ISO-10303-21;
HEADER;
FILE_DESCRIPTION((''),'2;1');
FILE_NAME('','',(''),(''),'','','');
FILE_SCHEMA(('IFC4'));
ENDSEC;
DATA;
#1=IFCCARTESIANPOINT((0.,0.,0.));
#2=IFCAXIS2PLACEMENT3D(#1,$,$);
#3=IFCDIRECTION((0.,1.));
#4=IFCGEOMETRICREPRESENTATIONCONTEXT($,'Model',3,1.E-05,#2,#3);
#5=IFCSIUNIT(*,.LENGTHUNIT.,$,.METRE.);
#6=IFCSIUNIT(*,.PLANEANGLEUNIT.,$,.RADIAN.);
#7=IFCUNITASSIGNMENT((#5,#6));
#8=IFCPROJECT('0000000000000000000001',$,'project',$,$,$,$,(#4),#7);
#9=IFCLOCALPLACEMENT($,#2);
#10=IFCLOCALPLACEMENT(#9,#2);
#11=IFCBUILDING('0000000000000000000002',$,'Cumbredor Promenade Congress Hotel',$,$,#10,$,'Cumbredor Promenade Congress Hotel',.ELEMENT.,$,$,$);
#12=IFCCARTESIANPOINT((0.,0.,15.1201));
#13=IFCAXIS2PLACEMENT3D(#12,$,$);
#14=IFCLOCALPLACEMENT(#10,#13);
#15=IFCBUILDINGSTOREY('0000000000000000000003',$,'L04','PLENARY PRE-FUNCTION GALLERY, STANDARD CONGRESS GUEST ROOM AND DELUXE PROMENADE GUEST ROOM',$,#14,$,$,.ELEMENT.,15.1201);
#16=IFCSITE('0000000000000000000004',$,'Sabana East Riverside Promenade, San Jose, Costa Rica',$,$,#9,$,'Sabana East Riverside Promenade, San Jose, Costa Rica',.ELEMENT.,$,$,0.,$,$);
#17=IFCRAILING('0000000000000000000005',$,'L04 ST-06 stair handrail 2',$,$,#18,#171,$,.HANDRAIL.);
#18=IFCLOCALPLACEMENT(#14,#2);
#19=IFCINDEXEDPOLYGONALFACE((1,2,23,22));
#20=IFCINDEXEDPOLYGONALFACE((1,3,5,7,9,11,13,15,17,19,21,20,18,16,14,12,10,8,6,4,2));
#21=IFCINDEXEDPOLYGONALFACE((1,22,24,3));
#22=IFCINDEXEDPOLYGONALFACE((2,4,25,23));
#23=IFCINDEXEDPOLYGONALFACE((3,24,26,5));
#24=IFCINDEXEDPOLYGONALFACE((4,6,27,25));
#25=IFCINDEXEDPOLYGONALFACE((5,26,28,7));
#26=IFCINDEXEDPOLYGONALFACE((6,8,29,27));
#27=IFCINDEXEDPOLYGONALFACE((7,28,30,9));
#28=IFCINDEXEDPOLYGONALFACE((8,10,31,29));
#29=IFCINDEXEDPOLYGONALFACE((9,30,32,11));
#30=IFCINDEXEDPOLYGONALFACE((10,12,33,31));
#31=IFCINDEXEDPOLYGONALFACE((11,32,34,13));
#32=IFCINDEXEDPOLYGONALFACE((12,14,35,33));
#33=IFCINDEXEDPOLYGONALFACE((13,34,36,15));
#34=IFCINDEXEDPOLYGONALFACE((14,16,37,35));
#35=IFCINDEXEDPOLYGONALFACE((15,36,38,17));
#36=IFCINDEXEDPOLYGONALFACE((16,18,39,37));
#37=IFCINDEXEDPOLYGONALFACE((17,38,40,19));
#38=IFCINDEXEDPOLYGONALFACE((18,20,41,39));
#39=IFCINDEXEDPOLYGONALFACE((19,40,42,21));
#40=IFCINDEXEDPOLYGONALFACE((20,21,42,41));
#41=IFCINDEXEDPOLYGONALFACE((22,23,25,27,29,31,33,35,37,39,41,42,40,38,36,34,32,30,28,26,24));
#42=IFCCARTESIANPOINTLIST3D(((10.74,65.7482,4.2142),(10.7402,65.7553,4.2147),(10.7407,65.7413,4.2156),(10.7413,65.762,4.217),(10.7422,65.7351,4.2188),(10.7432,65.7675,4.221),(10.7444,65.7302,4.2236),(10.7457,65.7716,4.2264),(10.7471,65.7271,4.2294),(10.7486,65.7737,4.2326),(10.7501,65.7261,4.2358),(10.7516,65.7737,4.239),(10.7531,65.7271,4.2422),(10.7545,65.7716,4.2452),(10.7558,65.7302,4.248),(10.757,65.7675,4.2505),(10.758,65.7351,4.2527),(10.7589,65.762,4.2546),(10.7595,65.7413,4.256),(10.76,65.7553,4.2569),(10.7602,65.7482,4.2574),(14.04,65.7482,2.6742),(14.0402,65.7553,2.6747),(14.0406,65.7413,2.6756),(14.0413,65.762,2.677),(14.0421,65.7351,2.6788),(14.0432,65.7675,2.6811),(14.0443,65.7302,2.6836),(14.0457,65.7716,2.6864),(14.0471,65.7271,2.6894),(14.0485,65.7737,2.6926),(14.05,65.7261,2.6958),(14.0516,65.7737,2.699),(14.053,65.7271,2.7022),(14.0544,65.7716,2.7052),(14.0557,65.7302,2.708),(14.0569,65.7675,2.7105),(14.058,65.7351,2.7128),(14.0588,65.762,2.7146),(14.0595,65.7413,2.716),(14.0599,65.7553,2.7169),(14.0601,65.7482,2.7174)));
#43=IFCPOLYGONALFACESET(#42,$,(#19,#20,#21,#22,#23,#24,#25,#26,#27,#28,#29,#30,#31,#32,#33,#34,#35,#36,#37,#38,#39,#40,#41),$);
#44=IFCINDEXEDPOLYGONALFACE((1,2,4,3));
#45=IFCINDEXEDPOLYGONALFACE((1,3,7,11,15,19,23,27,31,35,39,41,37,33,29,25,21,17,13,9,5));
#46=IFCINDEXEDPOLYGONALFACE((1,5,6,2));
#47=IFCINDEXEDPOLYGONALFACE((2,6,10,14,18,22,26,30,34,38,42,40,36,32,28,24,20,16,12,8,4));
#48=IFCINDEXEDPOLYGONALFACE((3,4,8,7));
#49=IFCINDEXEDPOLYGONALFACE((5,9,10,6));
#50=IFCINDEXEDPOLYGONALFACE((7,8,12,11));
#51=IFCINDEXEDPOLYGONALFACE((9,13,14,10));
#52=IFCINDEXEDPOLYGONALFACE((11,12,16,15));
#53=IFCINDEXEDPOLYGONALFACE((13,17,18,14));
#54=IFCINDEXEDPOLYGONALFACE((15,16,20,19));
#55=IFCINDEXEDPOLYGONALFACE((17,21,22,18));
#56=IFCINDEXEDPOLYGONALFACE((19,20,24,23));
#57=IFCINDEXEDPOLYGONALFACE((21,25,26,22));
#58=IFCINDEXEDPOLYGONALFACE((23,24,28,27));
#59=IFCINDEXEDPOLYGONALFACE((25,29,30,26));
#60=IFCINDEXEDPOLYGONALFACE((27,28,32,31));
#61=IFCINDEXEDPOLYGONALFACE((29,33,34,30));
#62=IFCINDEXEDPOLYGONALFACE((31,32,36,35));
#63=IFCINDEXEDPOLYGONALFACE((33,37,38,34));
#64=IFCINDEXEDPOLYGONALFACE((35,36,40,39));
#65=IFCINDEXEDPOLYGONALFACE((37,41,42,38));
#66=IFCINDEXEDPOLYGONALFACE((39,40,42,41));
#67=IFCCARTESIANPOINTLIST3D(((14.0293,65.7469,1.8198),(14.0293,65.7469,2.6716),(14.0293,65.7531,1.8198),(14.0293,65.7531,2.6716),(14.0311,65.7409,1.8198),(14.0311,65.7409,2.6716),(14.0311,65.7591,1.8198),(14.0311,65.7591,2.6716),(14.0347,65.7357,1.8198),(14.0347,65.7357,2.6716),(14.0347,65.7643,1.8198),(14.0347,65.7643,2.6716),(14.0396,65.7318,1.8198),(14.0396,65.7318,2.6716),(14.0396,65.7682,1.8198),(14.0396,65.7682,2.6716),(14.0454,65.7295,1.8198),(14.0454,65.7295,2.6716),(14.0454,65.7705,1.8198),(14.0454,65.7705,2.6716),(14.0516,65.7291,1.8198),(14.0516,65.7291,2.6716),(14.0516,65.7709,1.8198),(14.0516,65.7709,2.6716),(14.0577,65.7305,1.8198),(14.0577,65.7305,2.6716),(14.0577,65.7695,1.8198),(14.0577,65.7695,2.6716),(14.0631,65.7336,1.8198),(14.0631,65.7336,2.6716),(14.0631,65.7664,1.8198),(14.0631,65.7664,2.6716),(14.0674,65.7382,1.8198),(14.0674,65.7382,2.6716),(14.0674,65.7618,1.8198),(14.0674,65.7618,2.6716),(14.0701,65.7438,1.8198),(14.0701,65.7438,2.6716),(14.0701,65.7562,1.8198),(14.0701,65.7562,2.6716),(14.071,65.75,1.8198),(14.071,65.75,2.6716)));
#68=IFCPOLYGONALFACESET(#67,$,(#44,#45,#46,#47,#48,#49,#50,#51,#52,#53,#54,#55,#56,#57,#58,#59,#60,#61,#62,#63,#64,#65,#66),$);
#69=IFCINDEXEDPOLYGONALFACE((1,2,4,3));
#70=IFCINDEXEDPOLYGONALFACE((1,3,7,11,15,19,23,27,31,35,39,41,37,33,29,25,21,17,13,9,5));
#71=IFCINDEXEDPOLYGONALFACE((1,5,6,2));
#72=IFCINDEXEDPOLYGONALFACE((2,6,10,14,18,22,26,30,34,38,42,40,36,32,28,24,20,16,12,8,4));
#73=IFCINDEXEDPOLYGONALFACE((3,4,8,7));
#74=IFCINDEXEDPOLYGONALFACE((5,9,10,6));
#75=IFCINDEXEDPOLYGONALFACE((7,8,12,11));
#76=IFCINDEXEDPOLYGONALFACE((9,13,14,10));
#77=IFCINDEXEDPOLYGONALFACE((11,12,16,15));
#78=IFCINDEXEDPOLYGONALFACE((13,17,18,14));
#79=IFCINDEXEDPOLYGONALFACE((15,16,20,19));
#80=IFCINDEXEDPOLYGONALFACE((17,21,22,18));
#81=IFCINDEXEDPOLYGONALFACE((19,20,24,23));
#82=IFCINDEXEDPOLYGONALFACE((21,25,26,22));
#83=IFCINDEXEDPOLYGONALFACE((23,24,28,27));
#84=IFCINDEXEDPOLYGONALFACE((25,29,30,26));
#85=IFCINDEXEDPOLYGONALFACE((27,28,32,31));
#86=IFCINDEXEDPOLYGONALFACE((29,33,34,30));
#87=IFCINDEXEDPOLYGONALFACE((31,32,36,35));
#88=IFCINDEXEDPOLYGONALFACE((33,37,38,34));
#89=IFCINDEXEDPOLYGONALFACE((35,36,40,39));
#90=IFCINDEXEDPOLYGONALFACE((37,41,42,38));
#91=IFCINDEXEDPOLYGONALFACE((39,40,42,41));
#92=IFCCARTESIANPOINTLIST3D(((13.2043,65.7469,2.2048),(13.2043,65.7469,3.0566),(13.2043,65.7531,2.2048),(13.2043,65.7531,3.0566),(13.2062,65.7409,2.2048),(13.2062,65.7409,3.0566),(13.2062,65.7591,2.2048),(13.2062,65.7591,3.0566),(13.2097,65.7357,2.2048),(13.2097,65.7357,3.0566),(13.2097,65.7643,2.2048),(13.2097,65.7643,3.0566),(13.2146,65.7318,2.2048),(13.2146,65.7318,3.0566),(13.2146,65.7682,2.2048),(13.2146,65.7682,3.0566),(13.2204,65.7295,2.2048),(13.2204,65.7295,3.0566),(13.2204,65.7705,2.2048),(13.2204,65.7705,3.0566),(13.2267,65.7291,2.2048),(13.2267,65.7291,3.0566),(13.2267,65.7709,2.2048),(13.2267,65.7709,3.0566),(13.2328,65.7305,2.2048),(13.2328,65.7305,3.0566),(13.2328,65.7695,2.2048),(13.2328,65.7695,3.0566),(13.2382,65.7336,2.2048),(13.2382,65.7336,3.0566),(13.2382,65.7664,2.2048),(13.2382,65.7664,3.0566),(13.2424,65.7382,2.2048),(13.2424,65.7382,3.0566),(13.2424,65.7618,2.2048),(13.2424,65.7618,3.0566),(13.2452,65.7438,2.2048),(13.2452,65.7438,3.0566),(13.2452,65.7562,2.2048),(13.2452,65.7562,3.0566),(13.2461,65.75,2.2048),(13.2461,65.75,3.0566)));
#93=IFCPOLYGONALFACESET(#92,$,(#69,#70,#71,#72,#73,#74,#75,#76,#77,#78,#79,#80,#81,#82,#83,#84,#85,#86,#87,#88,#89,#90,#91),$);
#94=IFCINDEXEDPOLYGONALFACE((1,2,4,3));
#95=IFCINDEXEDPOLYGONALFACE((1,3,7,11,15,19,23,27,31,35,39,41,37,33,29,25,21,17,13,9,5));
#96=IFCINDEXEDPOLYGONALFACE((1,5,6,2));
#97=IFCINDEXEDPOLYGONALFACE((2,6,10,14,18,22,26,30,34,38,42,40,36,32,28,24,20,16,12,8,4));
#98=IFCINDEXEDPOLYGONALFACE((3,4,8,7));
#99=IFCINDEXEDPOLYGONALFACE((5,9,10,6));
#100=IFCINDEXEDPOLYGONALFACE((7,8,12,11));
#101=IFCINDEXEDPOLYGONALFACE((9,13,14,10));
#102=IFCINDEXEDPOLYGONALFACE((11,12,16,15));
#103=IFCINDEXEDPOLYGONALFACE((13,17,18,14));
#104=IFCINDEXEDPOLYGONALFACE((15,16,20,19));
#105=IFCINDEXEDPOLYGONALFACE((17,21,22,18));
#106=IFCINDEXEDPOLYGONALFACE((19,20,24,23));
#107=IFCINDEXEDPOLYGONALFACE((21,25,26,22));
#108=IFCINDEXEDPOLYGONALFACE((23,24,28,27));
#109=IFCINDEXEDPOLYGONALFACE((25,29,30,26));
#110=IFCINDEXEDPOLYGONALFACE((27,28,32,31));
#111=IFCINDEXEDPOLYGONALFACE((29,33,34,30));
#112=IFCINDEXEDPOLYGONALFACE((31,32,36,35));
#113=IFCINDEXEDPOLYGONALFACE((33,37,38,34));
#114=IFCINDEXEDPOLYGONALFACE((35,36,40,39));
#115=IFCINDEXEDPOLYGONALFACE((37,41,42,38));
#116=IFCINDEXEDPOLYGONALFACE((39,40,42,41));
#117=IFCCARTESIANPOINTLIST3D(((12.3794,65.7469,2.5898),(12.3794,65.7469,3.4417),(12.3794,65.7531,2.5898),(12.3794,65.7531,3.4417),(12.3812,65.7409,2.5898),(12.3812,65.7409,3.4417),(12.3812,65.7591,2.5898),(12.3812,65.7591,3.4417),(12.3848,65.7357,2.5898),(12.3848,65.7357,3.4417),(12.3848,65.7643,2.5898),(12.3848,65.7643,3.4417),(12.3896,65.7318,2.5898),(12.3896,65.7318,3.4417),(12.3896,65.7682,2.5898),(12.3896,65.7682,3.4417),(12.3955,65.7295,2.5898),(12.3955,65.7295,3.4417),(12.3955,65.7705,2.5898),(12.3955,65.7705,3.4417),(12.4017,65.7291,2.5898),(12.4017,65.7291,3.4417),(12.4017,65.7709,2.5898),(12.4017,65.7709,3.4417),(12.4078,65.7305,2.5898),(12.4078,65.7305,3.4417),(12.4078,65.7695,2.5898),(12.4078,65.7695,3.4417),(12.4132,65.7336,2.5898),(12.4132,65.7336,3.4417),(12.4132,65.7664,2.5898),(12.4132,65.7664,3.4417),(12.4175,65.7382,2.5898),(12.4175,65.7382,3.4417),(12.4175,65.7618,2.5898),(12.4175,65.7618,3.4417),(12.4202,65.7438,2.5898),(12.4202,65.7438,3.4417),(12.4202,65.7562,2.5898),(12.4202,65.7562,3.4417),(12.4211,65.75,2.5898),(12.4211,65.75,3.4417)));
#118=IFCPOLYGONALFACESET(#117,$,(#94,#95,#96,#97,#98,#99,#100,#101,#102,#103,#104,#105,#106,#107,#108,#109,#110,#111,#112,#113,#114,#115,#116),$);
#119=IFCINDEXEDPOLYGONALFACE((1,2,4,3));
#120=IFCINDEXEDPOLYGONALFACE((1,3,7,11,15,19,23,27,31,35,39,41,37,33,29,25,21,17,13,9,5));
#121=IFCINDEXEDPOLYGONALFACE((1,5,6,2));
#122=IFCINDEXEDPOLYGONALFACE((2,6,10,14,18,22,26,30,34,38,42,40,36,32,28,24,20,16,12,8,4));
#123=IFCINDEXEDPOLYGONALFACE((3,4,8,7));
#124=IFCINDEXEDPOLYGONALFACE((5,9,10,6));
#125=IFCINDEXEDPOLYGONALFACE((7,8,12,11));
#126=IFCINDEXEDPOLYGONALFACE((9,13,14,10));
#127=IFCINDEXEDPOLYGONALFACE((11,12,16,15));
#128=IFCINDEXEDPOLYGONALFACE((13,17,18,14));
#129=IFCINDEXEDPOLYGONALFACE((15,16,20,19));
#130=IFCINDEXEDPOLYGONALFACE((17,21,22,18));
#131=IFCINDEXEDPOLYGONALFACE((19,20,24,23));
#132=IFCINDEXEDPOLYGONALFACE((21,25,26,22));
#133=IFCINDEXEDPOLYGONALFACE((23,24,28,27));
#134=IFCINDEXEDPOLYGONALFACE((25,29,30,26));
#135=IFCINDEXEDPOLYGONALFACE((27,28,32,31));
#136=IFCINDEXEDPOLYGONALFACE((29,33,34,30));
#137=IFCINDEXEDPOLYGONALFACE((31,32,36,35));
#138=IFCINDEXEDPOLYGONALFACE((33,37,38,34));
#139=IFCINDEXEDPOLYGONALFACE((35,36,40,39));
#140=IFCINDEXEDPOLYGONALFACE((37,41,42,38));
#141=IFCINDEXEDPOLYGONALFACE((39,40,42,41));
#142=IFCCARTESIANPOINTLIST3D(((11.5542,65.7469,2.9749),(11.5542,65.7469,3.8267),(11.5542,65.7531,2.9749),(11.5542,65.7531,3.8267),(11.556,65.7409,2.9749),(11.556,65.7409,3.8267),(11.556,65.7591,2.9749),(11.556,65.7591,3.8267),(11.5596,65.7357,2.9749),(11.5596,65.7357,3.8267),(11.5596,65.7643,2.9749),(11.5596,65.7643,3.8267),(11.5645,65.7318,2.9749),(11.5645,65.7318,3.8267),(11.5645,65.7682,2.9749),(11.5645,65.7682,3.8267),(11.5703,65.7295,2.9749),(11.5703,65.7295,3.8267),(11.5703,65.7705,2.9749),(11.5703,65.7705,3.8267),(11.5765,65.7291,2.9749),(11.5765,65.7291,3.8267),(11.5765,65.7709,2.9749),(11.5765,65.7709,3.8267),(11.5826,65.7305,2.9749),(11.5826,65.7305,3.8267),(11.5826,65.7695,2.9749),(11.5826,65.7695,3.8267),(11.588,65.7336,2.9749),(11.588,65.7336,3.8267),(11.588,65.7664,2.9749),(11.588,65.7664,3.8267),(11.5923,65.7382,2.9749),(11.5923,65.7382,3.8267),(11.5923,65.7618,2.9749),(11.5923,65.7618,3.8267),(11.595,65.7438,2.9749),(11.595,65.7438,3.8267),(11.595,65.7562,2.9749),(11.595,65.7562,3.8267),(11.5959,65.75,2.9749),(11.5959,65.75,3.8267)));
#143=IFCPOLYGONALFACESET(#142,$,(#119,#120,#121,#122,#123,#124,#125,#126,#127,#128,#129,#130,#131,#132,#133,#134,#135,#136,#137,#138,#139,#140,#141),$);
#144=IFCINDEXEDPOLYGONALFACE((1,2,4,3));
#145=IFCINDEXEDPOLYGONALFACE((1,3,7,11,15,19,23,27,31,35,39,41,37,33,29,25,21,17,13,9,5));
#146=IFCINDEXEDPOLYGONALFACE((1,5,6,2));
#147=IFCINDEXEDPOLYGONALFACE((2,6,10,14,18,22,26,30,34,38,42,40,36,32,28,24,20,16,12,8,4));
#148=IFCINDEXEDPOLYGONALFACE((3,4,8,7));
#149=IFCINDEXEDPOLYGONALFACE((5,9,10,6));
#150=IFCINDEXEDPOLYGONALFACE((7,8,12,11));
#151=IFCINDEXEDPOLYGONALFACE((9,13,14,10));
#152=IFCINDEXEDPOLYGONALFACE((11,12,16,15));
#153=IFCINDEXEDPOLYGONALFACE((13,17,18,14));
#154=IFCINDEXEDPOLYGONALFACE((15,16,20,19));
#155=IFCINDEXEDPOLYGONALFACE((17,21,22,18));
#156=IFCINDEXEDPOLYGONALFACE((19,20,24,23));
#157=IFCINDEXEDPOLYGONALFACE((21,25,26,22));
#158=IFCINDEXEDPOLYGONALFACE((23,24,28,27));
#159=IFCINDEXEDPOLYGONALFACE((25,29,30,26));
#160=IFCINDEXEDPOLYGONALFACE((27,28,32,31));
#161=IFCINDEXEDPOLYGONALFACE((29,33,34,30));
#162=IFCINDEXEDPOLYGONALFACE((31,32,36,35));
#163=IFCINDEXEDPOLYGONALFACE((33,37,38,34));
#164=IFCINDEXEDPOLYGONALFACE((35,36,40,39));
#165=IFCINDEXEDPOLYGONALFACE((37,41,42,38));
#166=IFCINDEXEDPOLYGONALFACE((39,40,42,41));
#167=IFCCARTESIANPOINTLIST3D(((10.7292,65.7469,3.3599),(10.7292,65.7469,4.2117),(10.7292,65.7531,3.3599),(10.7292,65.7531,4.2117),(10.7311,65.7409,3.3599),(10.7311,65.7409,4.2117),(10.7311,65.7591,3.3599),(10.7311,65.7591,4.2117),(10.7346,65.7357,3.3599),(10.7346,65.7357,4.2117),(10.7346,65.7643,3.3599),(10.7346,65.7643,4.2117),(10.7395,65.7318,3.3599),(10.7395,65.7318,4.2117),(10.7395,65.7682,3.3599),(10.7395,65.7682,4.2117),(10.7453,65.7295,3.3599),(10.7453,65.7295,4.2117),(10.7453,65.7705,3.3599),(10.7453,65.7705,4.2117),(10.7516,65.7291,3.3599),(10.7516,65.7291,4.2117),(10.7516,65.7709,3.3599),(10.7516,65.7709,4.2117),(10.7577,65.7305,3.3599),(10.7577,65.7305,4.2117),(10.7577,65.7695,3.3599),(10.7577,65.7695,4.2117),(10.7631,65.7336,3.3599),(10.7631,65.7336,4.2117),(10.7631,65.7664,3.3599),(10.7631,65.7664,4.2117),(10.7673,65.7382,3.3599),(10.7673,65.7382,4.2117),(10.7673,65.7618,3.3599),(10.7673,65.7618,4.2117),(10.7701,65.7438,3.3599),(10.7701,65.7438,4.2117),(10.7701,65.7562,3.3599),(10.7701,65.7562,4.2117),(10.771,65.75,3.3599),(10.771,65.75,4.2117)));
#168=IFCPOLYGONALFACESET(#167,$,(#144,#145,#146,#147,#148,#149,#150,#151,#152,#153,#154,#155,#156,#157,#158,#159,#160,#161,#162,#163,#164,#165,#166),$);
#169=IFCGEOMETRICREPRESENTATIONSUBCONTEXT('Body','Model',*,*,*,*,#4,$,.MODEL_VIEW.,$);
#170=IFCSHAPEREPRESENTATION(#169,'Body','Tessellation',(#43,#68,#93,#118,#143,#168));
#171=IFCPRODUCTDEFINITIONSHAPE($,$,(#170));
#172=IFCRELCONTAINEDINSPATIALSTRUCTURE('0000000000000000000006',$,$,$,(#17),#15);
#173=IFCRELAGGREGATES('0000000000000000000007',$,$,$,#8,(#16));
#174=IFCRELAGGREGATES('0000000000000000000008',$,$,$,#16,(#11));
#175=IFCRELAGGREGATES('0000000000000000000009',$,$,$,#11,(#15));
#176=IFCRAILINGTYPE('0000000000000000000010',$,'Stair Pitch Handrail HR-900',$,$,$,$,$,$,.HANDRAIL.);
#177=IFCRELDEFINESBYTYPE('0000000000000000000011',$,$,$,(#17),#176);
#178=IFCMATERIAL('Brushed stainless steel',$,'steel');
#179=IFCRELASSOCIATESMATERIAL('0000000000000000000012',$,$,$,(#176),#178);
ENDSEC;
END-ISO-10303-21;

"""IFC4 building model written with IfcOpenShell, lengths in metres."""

from ifc_helpers import new_model, si_unit, direction, frame, origin, origin_2d, place, context, subcontext, project, spatial, circle, extrude, material, type_object, element, save


model = new_model("IFC4")

# Units and contexts
model_context = context("Model", 3, precision=1e-05, world=origin(), true_north=direction((0.0, 1.0)))
body_context = subcontext(model_context, "Body", "Model", "MODEL_VIEW")
ifc_project = project(units=[si_unit("LENGTHUNIT", "METRE"), si_unit("PLANEANGLEUNIT", "RADIAN")], contexts=[model_context])

# Site, building, storey
site_placement = place(None, origin())
site = spatial("IfcSite", under=ifc_project, at=site_placement, Name="Sabana East Riverside Promenade, San Jose, Costa Rica", LongName="Sabana East Riverside Promenade, San Jose, Costa Rica", CompositionType="ELEMENT", RefElevation=0.0)
building_placement = place(site_placement, origin())
building = spatial("IfcBuilding", under=site, at=building_placement, Name="Cumbredor Promenade Congress Hotel", LongName="Cumbredor Promenade Congress Hotel", CompositionType="ELEMENT")
storey_placement = place(building_placement, frame((0.0, 0.0, 15.1201)))
storey = spatial("IfcBuildingStorey", under=building, at=storey_placement, Name="L04", Description="PLENARY PRE-FUNCTION GALLERY, STANDARD CONGRESS GUEST ROOM AND DELUXE PROMENADE GUEST ROOM", CompositionType="ELEMENT", Elevation=15.1201)

# Railing
ifc_material_1 = material(Name="Brushed stainless steel", Category="steel")
railing_type_1 = type_object("IfcRailingType", Name="Stair Pitch Handrail HR-900", PredefinedType="HANDRAIL", material=ifc_material_1)
railing_1_placement = place(storey_placement, frame((14.05, 65.75, 1.8198)))
element("IfcRailing", 1, at=railing_1_placement, inside=storey, type_object=railing_type_1, Name="L04 ST-06 stair handrail 2", PredefinedType="HANDRAIL", context=body_context, shape_type="SweptSolid", body=[
    extrude(circle(Radius=0.0239, at=origin_2d()), frame((0.0, 0.0, 0.876), z_axis=(-0.906181, 0.0, 0.422889), x_axis=(0.0, -1.0, 0.0)), (0.0, 0.0, 1.0), 3.6416),
    extrude(circle(Radius=0.021, at=origin_2d()), origin(), (0.0, 0.0, 1.0), 0.8518),
    extrude(circle(Radius=0.021, at=origin_2d()), frame((-0.825, 0.0, 0.385)), (0.0, 0.0, 1.0), 0.8518),
    extrude(circle(Radius=0.021, at=origin_2d()), frame((-1.6499, 0.0, 0.77)), (0.0, 0.0, 1.0), 0.8518),
    extrude(circle(Radius=0.021, at=origin_2d()), frame((-2.4751, 0.0, 1.155)), (0.0, 0.0, 1.0), 0.8518),
    extrude(circle(Radius=0.021, at=origin_2d()), frame((-3.3, 0.0, 1.54)), (0.0, 0.0, 1.0), 0.8518),
])

save(model, "model.ifc")
